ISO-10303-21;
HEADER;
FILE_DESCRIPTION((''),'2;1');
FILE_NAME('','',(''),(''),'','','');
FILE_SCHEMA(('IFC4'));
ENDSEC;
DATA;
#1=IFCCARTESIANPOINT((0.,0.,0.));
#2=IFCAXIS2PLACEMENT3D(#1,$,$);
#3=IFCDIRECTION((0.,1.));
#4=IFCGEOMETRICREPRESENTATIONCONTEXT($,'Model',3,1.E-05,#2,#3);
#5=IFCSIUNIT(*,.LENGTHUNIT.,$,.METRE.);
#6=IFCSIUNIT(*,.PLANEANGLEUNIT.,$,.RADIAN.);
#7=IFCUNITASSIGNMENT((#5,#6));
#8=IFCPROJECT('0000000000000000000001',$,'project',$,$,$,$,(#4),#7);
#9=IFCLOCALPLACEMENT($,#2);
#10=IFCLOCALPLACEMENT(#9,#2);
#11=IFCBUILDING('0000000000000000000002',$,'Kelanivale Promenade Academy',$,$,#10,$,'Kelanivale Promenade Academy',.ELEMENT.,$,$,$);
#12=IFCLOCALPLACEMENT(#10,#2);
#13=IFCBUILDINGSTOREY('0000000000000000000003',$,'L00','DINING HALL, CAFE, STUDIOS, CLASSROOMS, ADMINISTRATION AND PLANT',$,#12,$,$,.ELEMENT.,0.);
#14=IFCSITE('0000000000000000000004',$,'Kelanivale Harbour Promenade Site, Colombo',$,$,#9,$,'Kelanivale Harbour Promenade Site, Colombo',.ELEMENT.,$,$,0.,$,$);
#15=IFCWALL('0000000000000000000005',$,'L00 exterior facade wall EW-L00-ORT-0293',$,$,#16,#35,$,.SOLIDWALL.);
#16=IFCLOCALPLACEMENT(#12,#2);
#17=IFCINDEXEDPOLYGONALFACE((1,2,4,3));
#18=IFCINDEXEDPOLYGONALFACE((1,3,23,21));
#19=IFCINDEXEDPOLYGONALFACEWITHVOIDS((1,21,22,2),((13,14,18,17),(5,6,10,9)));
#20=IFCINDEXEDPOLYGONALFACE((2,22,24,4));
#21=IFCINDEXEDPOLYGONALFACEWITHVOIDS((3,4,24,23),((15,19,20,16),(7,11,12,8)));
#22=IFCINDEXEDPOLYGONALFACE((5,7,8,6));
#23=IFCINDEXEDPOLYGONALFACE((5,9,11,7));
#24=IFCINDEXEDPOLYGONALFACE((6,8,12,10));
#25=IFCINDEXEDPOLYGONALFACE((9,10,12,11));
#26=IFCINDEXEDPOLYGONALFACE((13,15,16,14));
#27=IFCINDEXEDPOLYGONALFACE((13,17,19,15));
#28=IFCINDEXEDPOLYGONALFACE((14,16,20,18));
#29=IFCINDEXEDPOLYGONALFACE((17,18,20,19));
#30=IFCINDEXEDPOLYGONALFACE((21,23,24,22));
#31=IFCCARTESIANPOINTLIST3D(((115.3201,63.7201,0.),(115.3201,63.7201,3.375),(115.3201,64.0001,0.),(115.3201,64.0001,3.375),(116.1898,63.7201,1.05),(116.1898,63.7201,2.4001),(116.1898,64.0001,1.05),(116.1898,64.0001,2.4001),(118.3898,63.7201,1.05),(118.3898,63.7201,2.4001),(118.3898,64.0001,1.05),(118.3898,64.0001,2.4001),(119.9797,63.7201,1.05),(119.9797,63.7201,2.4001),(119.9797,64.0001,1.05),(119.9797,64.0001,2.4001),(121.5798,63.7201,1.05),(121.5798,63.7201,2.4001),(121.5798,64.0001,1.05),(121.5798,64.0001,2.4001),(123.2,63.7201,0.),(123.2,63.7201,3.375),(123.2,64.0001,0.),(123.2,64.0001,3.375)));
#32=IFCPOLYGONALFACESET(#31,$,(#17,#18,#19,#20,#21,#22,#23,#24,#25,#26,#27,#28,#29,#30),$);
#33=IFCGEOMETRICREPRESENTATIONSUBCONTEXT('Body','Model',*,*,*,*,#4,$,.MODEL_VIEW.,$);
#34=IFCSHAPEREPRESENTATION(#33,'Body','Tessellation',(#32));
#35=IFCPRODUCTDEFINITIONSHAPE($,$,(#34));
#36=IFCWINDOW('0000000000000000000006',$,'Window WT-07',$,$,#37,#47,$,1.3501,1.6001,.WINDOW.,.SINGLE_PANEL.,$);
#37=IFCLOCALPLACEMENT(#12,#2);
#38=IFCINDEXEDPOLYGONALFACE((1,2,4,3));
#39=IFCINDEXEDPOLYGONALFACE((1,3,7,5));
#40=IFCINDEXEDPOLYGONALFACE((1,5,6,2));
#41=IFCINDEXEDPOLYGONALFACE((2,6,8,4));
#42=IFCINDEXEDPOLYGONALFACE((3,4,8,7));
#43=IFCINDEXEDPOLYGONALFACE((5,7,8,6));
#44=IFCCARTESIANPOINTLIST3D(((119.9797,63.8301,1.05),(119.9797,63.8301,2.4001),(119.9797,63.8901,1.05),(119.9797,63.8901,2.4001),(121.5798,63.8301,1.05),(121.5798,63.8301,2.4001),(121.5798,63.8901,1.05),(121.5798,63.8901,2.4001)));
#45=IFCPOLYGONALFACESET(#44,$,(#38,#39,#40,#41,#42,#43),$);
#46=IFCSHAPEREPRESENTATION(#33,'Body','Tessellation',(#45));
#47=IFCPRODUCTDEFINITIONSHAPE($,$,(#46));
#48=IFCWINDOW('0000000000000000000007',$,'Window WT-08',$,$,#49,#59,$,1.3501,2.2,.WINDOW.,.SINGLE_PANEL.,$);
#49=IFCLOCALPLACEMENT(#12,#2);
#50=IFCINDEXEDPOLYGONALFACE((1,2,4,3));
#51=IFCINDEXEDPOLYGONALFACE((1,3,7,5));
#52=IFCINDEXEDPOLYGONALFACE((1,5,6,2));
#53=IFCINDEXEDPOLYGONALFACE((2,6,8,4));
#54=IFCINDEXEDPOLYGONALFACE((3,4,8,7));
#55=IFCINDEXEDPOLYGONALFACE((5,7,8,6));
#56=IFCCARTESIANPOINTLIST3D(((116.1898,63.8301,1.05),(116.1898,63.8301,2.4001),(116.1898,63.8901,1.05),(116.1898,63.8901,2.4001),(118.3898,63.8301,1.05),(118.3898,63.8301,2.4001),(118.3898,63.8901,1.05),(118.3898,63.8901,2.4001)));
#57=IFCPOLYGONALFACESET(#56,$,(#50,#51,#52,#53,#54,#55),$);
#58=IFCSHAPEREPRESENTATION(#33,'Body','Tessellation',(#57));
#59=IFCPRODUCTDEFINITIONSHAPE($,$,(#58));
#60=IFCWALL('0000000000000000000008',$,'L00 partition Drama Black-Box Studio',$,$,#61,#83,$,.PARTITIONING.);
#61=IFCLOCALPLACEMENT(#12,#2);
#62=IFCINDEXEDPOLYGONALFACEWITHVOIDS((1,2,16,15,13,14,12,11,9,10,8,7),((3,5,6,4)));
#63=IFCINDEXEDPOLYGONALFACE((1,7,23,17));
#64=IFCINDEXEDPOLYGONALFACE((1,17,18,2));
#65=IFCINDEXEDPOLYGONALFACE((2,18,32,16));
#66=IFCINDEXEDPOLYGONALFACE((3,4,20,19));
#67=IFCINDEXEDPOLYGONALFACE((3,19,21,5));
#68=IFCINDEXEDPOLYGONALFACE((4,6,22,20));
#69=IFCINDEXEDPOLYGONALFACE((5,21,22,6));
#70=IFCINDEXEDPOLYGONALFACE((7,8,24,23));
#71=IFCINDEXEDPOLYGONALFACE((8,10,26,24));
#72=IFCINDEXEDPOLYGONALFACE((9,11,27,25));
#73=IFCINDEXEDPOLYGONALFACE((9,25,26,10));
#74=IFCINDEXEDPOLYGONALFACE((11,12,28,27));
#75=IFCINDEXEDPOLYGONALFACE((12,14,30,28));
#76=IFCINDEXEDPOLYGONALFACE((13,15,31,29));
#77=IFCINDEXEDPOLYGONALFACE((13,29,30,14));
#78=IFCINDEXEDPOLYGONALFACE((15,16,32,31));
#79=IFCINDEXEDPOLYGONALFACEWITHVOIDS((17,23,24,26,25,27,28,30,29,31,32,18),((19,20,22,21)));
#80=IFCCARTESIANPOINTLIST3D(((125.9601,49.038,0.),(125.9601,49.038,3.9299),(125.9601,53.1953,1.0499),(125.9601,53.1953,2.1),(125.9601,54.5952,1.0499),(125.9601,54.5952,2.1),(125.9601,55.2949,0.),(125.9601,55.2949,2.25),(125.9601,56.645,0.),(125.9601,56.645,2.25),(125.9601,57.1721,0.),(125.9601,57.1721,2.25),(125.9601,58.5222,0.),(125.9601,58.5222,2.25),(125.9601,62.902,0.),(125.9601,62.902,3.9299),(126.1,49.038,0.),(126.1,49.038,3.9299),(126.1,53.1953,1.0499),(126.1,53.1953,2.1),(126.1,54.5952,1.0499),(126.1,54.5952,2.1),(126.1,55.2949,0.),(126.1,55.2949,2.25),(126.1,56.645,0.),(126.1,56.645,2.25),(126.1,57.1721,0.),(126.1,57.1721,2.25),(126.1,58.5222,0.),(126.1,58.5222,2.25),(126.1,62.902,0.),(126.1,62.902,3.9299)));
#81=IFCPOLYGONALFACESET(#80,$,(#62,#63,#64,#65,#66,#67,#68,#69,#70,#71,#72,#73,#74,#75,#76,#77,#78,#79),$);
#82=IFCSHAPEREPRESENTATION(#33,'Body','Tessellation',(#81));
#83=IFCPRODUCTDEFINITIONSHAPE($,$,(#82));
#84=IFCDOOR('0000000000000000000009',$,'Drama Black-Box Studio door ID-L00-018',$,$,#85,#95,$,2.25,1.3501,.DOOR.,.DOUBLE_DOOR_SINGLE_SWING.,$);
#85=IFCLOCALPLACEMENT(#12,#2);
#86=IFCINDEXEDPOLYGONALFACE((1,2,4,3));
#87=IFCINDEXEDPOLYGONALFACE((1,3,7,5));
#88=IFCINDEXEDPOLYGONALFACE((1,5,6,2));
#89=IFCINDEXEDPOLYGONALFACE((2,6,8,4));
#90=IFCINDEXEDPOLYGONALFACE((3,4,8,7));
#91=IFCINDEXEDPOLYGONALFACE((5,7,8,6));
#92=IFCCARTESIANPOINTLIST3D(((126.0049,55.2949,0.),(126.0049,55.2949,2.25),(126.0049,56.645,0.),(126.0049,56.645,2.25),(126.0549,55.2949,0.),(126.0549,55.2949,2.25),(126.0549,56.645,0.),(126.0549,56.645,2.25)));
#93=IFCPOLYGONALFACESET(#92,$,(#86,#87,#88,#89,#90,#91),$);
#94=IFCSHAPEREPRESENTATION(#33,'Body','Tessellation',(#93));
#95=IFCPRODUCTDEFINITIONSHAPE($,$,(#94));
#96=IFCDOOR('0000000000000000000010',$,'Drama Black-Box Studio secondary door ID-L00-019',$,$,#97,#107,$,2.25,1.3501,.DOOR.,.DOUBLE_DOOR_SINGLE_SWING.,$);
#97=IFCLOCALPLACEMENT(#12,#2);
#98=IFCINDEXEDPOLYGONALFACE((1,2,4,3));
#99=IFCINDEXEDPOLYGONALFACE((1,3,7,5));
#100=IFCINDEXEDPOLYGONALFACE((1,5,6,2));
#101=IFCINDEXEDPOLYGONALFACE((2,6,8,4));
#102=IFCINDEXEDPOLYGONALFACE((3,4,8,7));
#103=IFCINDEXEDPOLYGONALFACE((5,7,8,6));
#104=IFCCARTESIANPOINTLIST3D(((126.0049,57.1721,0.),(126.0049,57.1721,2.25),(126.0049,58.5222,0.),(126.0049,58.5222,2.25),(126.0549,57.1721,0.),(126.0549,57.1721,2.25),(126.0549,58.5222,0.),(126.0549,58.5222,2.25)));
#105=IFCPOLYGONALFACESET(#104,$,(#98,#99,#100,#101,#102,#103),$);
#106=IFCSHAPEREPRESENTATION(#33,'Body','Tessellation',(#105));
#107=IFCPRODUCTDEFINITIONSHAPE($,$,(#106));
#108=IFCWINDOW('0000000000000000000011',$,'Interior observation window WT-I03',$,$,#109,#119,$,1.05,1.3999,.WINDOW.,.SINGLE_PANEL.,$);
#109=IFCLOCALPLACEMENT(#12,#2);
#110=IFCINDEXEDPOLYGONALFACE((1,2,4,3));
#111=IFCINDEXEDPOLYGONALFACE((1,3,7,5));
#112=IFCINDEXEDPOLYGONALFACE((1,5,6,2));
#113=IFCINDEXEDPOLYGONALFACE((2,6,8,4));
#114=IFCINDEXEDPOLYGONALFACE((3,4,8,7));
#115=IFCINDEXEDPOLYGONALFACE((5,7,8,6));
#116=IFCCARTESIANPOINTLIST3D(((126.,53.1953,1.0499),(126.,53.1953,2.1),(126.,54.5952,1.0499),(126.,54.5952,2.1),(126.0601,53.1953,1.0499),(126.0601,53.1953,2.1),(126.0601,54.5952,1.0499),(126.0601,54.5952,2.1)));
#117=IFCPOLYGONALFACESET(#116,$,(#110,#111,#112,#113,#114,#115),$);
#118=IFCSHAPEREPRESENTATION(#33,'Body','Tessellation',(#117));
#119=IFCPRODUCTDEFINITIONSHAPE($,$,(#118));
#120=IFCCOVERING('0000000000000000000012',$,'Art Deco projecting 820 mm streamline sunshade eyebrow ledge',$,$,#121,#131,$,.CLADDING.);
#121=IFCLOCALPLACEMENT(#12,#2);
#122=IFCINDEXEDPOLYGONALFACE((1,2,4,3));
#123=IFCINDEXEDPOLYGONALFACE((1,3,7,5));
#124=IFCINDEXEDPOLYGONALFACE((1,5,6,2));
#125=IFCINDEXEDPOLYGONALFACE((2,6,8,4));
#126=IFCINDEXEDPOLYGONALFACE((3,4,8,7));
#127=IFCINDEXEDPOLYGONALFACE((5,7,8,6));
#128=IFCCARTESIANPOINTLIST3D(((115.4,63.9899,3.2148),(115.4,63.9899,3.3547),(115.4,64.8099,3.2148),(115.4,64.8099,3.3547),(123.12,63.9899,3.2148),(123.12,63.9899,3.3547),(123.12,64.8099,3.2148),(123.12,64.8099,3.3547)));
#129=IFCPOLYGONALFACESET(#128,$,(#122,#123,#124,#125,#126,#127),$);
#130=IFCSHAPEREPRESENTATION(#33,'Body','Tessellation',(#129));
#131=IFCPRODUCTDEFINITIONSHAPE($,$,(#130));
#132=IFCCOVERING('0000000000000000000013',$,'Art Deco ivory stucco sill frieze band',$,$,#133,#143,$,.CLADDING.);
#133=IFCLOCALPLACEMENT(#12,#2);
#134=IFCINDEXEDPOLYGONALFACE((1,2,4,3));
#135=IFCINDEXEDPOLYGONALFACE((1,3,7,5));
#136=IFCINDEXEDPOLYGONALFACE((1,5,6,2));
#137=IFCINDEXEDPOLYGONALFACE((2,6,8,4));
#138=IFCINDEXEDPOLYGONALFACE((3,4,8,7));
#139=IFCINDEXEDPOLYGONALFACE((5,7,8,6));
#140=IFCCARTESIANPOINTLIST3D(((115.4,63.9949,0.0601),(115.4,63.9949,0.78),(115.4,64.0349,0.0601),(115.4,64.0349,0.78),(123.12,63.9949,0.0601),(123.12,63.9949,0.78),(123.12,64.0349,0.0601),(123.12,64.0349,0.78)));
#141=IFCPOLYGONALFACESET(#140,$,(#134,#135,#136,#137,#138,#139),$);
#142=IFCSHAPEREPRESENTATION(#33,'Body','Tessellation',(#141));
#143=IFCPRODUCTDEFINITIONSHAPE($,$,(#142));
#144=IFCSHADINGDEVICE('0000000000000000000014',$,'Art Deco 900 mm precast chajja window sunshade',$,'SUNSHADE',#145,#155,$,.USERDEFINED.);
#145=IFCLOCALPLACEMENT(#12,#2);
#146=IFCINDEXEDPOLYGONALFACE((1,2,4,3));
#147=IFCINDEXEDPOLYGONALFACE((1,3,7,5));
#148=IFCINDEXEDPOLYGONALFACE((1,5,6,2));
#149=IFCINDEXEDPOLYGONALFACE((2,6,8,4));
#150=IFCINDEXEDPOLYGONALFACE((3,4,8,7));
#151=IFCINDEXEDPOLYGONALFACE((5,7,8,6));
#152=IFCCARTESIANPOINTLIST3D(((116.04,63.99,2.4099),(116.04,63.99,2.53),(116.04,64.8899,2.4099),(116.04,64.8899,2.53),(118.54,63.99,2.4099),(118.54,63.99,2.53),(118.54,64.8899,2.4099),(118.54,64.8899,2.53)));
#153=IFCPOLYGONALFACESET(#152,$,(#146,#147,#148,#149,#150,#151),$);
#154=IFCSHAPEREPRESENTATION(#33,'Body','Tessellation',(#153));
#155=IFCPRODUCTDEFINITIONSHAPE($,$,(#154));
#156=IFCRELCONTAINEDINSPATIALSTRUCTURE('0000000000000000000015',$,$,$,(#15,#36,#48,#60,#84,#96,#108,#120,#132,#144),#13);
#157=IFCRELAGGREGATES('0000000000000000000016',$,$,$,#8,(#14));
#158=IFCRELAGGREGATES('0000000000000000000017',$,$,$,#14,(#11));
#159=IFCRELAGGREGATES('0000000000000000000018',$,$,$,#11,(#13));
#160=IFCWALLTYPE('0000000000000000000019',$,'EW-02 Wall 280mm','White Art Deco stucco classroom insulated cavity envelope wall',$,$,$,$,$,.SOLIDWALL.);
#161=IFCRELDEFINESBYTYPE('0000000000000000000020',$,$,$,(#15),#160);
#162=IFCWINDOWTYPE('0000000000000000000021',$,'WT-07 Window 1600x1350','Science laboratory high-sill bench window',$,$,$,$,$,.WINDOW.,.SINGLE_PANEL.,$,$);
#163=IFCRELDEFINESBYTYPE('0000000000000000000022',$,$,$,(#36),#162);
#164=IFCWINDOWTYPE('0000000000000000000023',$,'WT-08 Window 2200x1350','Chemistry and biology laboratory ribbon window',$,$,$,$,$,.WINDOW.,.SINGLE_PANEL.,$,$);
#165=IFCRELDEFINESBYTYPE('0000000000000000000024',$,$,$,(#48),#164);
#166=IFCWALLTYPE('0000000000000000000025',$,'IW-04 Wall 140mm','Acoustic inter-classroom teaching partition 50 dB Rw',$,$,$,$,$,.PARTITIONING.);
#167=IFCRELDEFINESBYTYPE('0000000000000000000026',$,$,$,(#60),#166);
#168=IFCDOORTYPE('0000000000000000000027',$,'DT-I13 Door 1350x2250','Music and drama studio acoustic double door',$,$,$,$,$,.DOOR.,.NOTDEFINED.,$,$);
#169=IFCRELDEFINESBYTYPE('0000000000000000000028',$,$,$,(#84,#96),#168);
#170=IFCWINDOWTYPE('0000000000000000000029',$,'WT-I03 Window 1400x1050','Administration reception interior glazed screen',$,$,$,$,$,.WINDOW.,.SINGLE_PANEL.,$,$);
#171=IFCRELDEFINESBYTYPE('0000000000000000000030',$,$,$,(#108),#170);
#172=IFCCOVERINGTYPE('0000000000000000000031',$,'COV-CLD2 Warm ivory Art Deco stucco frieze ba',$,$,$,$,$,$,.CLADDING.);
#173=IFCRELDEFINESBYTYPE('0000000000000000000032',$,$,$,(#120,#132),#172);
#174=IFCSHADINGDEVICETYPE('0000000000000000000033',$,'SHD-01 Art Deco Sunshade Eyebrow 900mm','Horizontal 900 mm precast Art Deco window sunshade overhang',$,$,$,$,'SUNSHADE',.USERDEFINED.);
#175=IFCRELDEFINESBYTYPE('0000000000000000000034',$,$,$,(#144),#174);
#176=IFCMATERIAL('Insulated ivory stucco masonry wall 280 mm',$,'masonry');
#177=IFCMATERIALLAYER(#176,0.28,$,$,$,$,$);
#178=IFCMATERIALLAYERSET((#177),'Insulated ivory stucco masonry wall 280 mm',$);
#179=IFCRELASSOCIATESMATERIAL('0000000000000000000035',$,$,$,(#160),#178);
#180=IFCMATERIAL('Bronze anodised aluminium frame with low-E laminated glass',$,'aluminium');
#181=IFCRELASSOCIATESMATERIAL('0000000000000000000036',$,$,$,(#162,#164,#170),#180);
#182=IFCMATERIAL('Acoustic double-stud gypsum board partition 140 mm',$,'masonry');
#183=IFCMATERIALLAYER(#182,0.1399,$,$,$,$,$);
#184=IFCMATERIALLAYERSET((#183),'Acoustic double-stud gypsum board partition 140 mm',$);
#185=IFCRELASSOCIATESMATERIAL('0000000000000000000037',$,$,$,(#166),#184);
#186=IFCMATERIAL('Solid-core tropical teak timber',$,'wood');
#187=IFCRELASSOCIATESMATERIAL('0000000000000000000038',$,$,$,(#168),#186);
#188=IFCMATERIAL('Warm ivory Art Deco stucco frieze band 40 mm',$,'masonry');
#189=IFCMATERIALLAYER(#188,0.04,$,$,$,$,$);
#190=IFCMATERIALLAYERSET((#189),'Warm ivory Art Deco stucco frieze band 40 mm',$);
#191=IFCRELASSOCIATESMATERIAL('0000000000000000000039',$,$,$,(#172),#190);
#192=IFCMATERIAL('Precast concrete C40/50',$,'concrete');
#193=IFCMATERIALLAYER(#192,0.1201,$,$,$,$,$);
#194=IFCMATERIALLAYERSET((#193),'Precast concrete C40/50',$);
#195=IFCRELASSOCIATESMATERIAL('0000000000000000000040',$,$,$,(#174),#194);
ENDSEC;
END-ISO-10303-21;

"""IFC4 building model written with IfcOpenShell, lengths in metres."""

from ifc_helpers import new_model, si_unit, direction, frame, frame_2d, origin, origin_2d, place, context, subcontext, project, spatial, rectangle, extrude, material, layer, layer_set, type_object, element, fill, save


model = new_model("IFC4")

# Units and contexts
model_context = context("Model", 3, precision=1e-05, world=origin(), true_north=direction((0.0, 1.0)))
body_context = subcontext(model_context, "Body", "Model", "MODEL_VIEW")
ifc_project = project(units=[si_unit("LENGTHUNIT", "METRE"), si_unit("PLANEANGLEUNIT", "RADIAN")], contexts=[model_context])

# Site, building, storey
site_placement = place(None, origin())
site = spatial("IfcSite", under=ifc_project, at=site_placement, Name="Kelanivale Harbour Promenade Site, Colombo", LongName="Kelanivale Harbour Promenade Site, Colombo", CompositionType="ELEMENT", RefElevation=0.0)
building_placement = place(site_placement, origin())
building = spatial("IfcBuilding", under=site, at=building_placement, Name="Kelanivale Promenade Academy", LongName="Kelanivale Promenade Academy", CompositionType="ELEMENT")
storey_placement = place(building_placement, origin())
storey = spatial("IfcBuildingStorey", under=building, at=storey_placement, Name="L00", Description="DINING HALL, CAFE, STUDIOS, CLASSROOMS, ADMINISTRATION AND PLANT", CompositionType="ELEMENT", Elevation=0.0)

# Wall, openings, windows
ifc_material_1 = material(Name="Insulated ivory stucco masonry wall 280 mm", Category="masonry")
ifc_layer_1 = layer(ifc_material_1, 0.28)
ifc_layer_set_1 = layer_set([ifc_layer_1], Name="Insulated ivory stucco masonry wall 280 mm")
wall_type_1 = type_object("IfcWallType", Name="EW-02 Wall 280mm", Description="White Art Deco stucco classroom insulated cavity envelope wall", PredefinedType="SOLIDWALL", material=ifc_layer_set_1)
wall_1_placement = place(storey_placement, frame((123.2, 63.8601, 0.0), z_axis=(0.0, 0.0, 1.0), x_axis=(-1.0, 0.0, 0.0)))
wall_1 = element("IfcWall", 1, at=wall_1_placement, inside=storey, type_object=wall_type_1, Name="L00 exterior facade wall EW-L00-ORT-0293", PredefinedType="SOLIDWALL", context=body_context, shape_type="SweptSolid", body=[
    extrude(rectangle(XDim=7.8799, YDim=0.28, at=frame_2d((3.9399, 0.0))), origin(), (0.0, 0.0, 1.0), 3.375),
])
opening_1_placement = place(wall_1_placement, frame((1.6201, 0.0, 1.05)))
opening_1 = element("IfcOpeningElement", 2, at=opening_1_placement, cuts=wall_1, PredefinedType="OPENING", context=body_context, shape_type="SweptSolid", body=[
    extrude(rectangle(XDim=1.6001, YDim=1.3501, at=frame_2d((0.8, 0.675))), frame((0.0, 0.1499, 0.0), z_axis=(0.0, -1.0, 0.0), x_axis=(1.0, 0.0, 0.0)), (0.0, 0.0, 1.0), 0.3),
])
opening_2_placement = place(wall_1_placement, frame((4.8101, 0.0, 1.05)))
opening_2 = element("IfcOpeningElement", 3, at=opening_2_placement, cuts=wall_1, PredefinedType="OPENING", context=body_context, shape_type="SweptSolid", body=[
    extrude(rectangle(XDim=2.2, YDim=1.3501, at=frame_2d((1.1001, 0.675))), frame((0.0, 0.1499, 0.0), z_axis=(0.0, -1.0, 0.0), x_axis=(1.0, 0.0, 0.0)), (0.0, 0.0, 1.0), 0.3),
])
ifc_material_2 = material(Name="Bronze anodised aluminium frame with low-E laminated glass", Category="aluminium")
window_type_1 = type_object("IfcWindowType", Name="WT-07 Window 1600x1350", Description="Science laboratory high-sill bench window", PartitioningType="SINGLE_PANEL", PredefinedType="WINDOW", material=ifc_material_2)
window_1_placement = place(opening_1_placement, origin())
window_1 = element("IfcWindow", 4, at=window_1_placement, inside=storey, type_object=window_type_1, Name="Window WT-07", OverallHeight=1.3501, OverallWidth=1.6001, PartitioningType="SINGLE_PANEL", PredefinedType="WINDOW", context=body_context, shape_type="SweptSolid", body=[
    extrude(rectangle(XDim=1.6001, YDim=1.3501, at=frame_2d((0.8, 0.675))), frame((0.0, 0.03, 0.0), z_axis=(0.0, -1.0, 0.0), x_axis=(1.0, 0.0, 0.0)), (0.0, 0.0, 1.0), 0.0601),
])
fill(opening_1, window_1)
window_type_2 = type_object("IfcWindowType", Name="WT-08 Window 2200x1350", Description="Chemistry and biology laboratory ribbon window", PartitioningType="SINGLE_PANEL", PredefinedType="WINDOW", material=ifc_material_2)
window_2_placement = place(opening_2_placement, origin())
window_2 = element("IfcWindow", 5, at=window_2_placement, inside=storey, type_object=window_type_2, Name="Window WT-08", OverallHeight=1.3501, OverallWidth=2.2, PartitioningType="SINGLE_PANEL", PredefinedType="WINDOW", context=body_context, shape_type="SweptSolid", body=[
    extrude(rectangle(XDim=2.2, YDim=1.3501, at=frame_2d((1.1001, 0.675))), frame((0.0, 0.03, 0.0), z_axis=(0.0, -1.0, 0.0), x_axis=(1.0, 0.0, 0.0)), (0.0, 0.0, 1.0), 0.0601),
])
fill(opening_2, window_2)

# Wall, openings, doors, window
ifc_material_3 = material(Name="Acoustic double-stud gypsum board partition 140 mm", Category="masonry")
ifc_layer_2 = layer(ifc_material_3, 0.1399)
ifc_layer_set_2 = layer_set([ifc_layer_2], Name="Acoustic double-stud gypsum board partition 140 mm")
wall_type_2 = type_object("IfcWallType", Name="IW-04 Wall 140mm", Description="Acoustic inter-classroom teaching partition 50 dB Rw", PredefinedType="PARTITIONING", material=ifc_layer_set_2)
wall_2_placement = place(storey_placement, frame((126.03, 62.9021, 0.0), z_axis=(0.0, 0.0, 1.0), x_axis=(0.0, -1.0, 0.0)))
wall_2 = element("IfcWall", 6, at=wall_2_placement, inside=storey, type_object=wall_type_2, Name="L00 partition Drama Black-Box Studio", PredefinedType="PARTITIONING", context=body_context, shape_type="SweptSolid", body=[
    extrude(rectangle(XDim=13.864, YDim=0.1399, at=frame_2d((6.9321, 0.0))), origin(), (0.0, 0.0, 1.0), 3.9299),
])
opening_3_placement = place(wall_2_placement, frame((6.2571, 0.0, 0.0)))
opening_3 = element("IfcOpeningElement", 7, at=opening_3_placement, cuts=wall_2, PredefinedType="OPENING", context=body_context, shape_type="SweptSolid", body=[
    extrude(rectangle(XDim=1.3501, YDim=2.25, at=frame_2d((0.675, 1.125))), frame((0.0, 0.0801, 0.0), z_axis=(0.0, -1.0, 0.0), x_axis=(1.0, 0.0, 0.0)), (0.0, 0.0, 1.0), 0.1599),
])
opening_4_placement = place(wall_2_placement, frame((4.3799, 0.0, 0.0)))
opening_4 = element("IfcOpeningElement", 8, at=opening_4_placement, cuts=wall_2, PredefinedType="OPENING", context=body_context, shape_type="SweptSolid", body=[
    extrude(rectangle(XDim=1.3501, YDim=2.25, at=frame_2d((0.675, 1.125))), frame((0.0, 0.0801, 0.0), z_axis=(0.0, -1.0, 0.0), x_axis=(1.0, 0.0, 0.0)), (0.0, 0.0, 1.0), 0.1599),
])
opening_5_placement = place(wall_2_placement, frame((8.3069, 0.0, 1.05)))
opening_5 = element("IfcOpeningElement", 9, at=opening_5_placement, cuts=wall_2, PredefinedType="OPENING", context=body_context, shape_type="SweptSolid", body=[
    extrude(rectangle(XDim=1.3999, YDim=1.05, at=frame_2d((0.7, 0.5249))), frame((0.0, 0.0801, 0.0), z_axis=(0.0, -1.0, 0.0), x_axis=(1.0, 0.0, 0.0)), (0.0, 0.0, 1.0), 0.1599),
])
ifc_material_4 = material(Name="Solid-core tropical teak timber", Category="wood")
door_type = type_object("IfcDoorType", Name="DT-I13 Door 1350x2250", Description="Music and drama studio acoustic double door", OperationType="NOTDEFINED", PredefinedType="DOOR", material=ifc_material_4)
door_1_placement = place(opening_3_placement, origin())
door_1 = element("IfcDoor", 10, at=door_1_placement, inside=storey, type_object=door_type, Name="Drama Black-Box Studio door ID-L00-018", OperationType="DOUBLE_DOOR_SINGLE_SWING", OverallHeight=2.25, OverallWidth=1.3501, PredefinedType="DOOR", context=body_context, shape_type="SweptSolid", body=[
    extrude(rectangle(XDim=1.3501, YDim=2.25, at=frame_2d((0.675, 1.125))), frame((0.0, 0.0249, 0.0), z_axis=(0.0, -1.0, 0.0), x_axis=(1.0, 0.0, 0.0)), (0.0, 0.0, 1.0), 0.05),
])
fill(opening_3, door_1)
door_2_placement = place(opening_4_placement, origin())
door_2 = element("IfcDoor", 11, at=door_2_placement, inside=storey, type_object=door_type, Name="Drama Black-Box Studio secondary door ID-L00-019", OperationType="DOUBLE_DOOR_SINGLE_SWING", OverallHeight=2.25, OverallWidth=1.3501, PredefinedType="DOOR", context=body_context, shape_type="SweptSolid", body=[
    extrude(rectangle(XDim=1.3501, YDim=2.25, at=frame_2d((0.675, 1.125))), frame((0.0, 0.0249, 0.0), z_axis=(0.0, -1.0, 0.0), x_axis=(1.0, 0.0, 0.0)), (0.0, 0.0, 1.0), 0.05),
])
fill(opening_4, door_2)
window_type_3 = type_object("IfcWindowType", Name="WT-I03 Window 1400x1050", Description="Administration reception interior glazed screen", PartitioningType="SINGLE_PANEL", PredefinedType="WINDOW", material=ifc_material_2)
window_3_placement = place(opening_5_placement, origin())
window_3 = element("IfcWindow", 12, at=window_3_placement, inside=storey, type_object=window_type_3, Name="Interior observation window WT-I03", OverallHeight=1.05, OverallWidth=1.3999, PartitioningType="SINGLE_PANEL", PredefinedType="WINDOW", context=body_context, shape_type="SweptSolid", body=[
    extrude(rectangle(XDim=1.3999, YDim=1.05, at=frame_2d((0.7, 0.5249))), frame((0.0, 0.03, 0.0), z_axis=(0.0, -1.0, 0.0), x_axis=(1.0, 0.0, 0.0)), (0.0, 0.0, 1.0), 0.0601),
])
fill(opening_5, window_3)

# Coverings
ifc_material_5 = material(Name="Warm ivory Art Deco stucco frieze band 40 mm", Category="masonry")
ifc_layer_3 = layer(ifc_material_5, 0.04)
ifc_layer_set_3 = layer_set([ifc_layer_3], Name="Warm ivory Art Deco stucco frieze band 40 mm")
covering_type = type_object("IfcCoveringType", Name="COV-CLD2 Warm ivory Art Deco stucco frieze ba", PredefinedType="CLADDING", material=ifc_layer_set_3)
covering_1_placement = place(storey_placement, frame((119.26, 64.3999, 3.2148), z_axis=(0.0, 0.0, 1.0), x_axis=(-1.0, 0.0, 0.0)))
element("IfcCovering", 13, at=covering_1_placement, inside=storey, type_object=covering_type, Name="Art Deco projecting 820 mm streamline sunshade eyebrow ledge", PredefinedType="CLADDING", context=body_context, shape_type="SweptSolid", body=[
    extrude(rectangle(XDim=7.72, YDim=0.8201, at=origin_2d()), origin(), (0.0, 0.0, 1.0), 0.1399),
])
covering_2_placement = place(storey_placement, frame((119.26, 64.0149, 0.0601), z_axis=(0.0, 0.0, 1.0), x_axis=(-1.0, 0.0, 0.0)))
element("IfcCovering", 14, at=covering_2_placement, inside=storey, type_object=covering_type, Name="Art Deco ivory stucco sill frieze band", PredefinedType="CLADDING", context=body_context, shape_type="SweptSolid", body=[
    extrude(rectangle(XDim=7.72, YDim=0.04, at=origin_2d()), origin(), (0.0, 0.0, 1.0), 0.72),
])

# Shading device
ifc_material_6 = material(Name="Precast concrete C40/50", Category="concrete")
ifc_layer_4 = layer(ifc_material_6, 0.1201)
ifc_layer_set_4 = layer_set([ifc_layer_4], Name="Precast concrete C40/50")
shading_device_type_1 = type_object("IfcShadingDeviceType", Name="SHD-01 Art Deco Sunshade Eyebrow 900mm", Description="Horizontal 900 mm precast Art Deco window sunshade overhang", ElementType="SUNSHADE", PredefinedType="USERDEFINED", material=ifc_layer_set_4)
shading_device_1_placement = place(storey_placement, frame((117.29, 64.4399, 2.4099), z_axis=(0.0, 0.0, 1.0), x_axis=(-1.0, 0.0, 0.0)))
element("IfcShadingDevice", 15, at=shading_device_1_placement, inside=storey, type_object=shading_device_type_1, Name="Art Deco 900 mm precast chajja window sunshade", ObjectType="SUNSHADE", PredefinedType="USERDEFINED", context=body_context, shape_type="SweptSolid", body=[
    extrude(rectangle(XDim=2.5, YDim=0.8999, at=origin_2d()), origin(), (0.0, 0.0, 1.0), 0.1201),
])

save(model, "model.ifc")
